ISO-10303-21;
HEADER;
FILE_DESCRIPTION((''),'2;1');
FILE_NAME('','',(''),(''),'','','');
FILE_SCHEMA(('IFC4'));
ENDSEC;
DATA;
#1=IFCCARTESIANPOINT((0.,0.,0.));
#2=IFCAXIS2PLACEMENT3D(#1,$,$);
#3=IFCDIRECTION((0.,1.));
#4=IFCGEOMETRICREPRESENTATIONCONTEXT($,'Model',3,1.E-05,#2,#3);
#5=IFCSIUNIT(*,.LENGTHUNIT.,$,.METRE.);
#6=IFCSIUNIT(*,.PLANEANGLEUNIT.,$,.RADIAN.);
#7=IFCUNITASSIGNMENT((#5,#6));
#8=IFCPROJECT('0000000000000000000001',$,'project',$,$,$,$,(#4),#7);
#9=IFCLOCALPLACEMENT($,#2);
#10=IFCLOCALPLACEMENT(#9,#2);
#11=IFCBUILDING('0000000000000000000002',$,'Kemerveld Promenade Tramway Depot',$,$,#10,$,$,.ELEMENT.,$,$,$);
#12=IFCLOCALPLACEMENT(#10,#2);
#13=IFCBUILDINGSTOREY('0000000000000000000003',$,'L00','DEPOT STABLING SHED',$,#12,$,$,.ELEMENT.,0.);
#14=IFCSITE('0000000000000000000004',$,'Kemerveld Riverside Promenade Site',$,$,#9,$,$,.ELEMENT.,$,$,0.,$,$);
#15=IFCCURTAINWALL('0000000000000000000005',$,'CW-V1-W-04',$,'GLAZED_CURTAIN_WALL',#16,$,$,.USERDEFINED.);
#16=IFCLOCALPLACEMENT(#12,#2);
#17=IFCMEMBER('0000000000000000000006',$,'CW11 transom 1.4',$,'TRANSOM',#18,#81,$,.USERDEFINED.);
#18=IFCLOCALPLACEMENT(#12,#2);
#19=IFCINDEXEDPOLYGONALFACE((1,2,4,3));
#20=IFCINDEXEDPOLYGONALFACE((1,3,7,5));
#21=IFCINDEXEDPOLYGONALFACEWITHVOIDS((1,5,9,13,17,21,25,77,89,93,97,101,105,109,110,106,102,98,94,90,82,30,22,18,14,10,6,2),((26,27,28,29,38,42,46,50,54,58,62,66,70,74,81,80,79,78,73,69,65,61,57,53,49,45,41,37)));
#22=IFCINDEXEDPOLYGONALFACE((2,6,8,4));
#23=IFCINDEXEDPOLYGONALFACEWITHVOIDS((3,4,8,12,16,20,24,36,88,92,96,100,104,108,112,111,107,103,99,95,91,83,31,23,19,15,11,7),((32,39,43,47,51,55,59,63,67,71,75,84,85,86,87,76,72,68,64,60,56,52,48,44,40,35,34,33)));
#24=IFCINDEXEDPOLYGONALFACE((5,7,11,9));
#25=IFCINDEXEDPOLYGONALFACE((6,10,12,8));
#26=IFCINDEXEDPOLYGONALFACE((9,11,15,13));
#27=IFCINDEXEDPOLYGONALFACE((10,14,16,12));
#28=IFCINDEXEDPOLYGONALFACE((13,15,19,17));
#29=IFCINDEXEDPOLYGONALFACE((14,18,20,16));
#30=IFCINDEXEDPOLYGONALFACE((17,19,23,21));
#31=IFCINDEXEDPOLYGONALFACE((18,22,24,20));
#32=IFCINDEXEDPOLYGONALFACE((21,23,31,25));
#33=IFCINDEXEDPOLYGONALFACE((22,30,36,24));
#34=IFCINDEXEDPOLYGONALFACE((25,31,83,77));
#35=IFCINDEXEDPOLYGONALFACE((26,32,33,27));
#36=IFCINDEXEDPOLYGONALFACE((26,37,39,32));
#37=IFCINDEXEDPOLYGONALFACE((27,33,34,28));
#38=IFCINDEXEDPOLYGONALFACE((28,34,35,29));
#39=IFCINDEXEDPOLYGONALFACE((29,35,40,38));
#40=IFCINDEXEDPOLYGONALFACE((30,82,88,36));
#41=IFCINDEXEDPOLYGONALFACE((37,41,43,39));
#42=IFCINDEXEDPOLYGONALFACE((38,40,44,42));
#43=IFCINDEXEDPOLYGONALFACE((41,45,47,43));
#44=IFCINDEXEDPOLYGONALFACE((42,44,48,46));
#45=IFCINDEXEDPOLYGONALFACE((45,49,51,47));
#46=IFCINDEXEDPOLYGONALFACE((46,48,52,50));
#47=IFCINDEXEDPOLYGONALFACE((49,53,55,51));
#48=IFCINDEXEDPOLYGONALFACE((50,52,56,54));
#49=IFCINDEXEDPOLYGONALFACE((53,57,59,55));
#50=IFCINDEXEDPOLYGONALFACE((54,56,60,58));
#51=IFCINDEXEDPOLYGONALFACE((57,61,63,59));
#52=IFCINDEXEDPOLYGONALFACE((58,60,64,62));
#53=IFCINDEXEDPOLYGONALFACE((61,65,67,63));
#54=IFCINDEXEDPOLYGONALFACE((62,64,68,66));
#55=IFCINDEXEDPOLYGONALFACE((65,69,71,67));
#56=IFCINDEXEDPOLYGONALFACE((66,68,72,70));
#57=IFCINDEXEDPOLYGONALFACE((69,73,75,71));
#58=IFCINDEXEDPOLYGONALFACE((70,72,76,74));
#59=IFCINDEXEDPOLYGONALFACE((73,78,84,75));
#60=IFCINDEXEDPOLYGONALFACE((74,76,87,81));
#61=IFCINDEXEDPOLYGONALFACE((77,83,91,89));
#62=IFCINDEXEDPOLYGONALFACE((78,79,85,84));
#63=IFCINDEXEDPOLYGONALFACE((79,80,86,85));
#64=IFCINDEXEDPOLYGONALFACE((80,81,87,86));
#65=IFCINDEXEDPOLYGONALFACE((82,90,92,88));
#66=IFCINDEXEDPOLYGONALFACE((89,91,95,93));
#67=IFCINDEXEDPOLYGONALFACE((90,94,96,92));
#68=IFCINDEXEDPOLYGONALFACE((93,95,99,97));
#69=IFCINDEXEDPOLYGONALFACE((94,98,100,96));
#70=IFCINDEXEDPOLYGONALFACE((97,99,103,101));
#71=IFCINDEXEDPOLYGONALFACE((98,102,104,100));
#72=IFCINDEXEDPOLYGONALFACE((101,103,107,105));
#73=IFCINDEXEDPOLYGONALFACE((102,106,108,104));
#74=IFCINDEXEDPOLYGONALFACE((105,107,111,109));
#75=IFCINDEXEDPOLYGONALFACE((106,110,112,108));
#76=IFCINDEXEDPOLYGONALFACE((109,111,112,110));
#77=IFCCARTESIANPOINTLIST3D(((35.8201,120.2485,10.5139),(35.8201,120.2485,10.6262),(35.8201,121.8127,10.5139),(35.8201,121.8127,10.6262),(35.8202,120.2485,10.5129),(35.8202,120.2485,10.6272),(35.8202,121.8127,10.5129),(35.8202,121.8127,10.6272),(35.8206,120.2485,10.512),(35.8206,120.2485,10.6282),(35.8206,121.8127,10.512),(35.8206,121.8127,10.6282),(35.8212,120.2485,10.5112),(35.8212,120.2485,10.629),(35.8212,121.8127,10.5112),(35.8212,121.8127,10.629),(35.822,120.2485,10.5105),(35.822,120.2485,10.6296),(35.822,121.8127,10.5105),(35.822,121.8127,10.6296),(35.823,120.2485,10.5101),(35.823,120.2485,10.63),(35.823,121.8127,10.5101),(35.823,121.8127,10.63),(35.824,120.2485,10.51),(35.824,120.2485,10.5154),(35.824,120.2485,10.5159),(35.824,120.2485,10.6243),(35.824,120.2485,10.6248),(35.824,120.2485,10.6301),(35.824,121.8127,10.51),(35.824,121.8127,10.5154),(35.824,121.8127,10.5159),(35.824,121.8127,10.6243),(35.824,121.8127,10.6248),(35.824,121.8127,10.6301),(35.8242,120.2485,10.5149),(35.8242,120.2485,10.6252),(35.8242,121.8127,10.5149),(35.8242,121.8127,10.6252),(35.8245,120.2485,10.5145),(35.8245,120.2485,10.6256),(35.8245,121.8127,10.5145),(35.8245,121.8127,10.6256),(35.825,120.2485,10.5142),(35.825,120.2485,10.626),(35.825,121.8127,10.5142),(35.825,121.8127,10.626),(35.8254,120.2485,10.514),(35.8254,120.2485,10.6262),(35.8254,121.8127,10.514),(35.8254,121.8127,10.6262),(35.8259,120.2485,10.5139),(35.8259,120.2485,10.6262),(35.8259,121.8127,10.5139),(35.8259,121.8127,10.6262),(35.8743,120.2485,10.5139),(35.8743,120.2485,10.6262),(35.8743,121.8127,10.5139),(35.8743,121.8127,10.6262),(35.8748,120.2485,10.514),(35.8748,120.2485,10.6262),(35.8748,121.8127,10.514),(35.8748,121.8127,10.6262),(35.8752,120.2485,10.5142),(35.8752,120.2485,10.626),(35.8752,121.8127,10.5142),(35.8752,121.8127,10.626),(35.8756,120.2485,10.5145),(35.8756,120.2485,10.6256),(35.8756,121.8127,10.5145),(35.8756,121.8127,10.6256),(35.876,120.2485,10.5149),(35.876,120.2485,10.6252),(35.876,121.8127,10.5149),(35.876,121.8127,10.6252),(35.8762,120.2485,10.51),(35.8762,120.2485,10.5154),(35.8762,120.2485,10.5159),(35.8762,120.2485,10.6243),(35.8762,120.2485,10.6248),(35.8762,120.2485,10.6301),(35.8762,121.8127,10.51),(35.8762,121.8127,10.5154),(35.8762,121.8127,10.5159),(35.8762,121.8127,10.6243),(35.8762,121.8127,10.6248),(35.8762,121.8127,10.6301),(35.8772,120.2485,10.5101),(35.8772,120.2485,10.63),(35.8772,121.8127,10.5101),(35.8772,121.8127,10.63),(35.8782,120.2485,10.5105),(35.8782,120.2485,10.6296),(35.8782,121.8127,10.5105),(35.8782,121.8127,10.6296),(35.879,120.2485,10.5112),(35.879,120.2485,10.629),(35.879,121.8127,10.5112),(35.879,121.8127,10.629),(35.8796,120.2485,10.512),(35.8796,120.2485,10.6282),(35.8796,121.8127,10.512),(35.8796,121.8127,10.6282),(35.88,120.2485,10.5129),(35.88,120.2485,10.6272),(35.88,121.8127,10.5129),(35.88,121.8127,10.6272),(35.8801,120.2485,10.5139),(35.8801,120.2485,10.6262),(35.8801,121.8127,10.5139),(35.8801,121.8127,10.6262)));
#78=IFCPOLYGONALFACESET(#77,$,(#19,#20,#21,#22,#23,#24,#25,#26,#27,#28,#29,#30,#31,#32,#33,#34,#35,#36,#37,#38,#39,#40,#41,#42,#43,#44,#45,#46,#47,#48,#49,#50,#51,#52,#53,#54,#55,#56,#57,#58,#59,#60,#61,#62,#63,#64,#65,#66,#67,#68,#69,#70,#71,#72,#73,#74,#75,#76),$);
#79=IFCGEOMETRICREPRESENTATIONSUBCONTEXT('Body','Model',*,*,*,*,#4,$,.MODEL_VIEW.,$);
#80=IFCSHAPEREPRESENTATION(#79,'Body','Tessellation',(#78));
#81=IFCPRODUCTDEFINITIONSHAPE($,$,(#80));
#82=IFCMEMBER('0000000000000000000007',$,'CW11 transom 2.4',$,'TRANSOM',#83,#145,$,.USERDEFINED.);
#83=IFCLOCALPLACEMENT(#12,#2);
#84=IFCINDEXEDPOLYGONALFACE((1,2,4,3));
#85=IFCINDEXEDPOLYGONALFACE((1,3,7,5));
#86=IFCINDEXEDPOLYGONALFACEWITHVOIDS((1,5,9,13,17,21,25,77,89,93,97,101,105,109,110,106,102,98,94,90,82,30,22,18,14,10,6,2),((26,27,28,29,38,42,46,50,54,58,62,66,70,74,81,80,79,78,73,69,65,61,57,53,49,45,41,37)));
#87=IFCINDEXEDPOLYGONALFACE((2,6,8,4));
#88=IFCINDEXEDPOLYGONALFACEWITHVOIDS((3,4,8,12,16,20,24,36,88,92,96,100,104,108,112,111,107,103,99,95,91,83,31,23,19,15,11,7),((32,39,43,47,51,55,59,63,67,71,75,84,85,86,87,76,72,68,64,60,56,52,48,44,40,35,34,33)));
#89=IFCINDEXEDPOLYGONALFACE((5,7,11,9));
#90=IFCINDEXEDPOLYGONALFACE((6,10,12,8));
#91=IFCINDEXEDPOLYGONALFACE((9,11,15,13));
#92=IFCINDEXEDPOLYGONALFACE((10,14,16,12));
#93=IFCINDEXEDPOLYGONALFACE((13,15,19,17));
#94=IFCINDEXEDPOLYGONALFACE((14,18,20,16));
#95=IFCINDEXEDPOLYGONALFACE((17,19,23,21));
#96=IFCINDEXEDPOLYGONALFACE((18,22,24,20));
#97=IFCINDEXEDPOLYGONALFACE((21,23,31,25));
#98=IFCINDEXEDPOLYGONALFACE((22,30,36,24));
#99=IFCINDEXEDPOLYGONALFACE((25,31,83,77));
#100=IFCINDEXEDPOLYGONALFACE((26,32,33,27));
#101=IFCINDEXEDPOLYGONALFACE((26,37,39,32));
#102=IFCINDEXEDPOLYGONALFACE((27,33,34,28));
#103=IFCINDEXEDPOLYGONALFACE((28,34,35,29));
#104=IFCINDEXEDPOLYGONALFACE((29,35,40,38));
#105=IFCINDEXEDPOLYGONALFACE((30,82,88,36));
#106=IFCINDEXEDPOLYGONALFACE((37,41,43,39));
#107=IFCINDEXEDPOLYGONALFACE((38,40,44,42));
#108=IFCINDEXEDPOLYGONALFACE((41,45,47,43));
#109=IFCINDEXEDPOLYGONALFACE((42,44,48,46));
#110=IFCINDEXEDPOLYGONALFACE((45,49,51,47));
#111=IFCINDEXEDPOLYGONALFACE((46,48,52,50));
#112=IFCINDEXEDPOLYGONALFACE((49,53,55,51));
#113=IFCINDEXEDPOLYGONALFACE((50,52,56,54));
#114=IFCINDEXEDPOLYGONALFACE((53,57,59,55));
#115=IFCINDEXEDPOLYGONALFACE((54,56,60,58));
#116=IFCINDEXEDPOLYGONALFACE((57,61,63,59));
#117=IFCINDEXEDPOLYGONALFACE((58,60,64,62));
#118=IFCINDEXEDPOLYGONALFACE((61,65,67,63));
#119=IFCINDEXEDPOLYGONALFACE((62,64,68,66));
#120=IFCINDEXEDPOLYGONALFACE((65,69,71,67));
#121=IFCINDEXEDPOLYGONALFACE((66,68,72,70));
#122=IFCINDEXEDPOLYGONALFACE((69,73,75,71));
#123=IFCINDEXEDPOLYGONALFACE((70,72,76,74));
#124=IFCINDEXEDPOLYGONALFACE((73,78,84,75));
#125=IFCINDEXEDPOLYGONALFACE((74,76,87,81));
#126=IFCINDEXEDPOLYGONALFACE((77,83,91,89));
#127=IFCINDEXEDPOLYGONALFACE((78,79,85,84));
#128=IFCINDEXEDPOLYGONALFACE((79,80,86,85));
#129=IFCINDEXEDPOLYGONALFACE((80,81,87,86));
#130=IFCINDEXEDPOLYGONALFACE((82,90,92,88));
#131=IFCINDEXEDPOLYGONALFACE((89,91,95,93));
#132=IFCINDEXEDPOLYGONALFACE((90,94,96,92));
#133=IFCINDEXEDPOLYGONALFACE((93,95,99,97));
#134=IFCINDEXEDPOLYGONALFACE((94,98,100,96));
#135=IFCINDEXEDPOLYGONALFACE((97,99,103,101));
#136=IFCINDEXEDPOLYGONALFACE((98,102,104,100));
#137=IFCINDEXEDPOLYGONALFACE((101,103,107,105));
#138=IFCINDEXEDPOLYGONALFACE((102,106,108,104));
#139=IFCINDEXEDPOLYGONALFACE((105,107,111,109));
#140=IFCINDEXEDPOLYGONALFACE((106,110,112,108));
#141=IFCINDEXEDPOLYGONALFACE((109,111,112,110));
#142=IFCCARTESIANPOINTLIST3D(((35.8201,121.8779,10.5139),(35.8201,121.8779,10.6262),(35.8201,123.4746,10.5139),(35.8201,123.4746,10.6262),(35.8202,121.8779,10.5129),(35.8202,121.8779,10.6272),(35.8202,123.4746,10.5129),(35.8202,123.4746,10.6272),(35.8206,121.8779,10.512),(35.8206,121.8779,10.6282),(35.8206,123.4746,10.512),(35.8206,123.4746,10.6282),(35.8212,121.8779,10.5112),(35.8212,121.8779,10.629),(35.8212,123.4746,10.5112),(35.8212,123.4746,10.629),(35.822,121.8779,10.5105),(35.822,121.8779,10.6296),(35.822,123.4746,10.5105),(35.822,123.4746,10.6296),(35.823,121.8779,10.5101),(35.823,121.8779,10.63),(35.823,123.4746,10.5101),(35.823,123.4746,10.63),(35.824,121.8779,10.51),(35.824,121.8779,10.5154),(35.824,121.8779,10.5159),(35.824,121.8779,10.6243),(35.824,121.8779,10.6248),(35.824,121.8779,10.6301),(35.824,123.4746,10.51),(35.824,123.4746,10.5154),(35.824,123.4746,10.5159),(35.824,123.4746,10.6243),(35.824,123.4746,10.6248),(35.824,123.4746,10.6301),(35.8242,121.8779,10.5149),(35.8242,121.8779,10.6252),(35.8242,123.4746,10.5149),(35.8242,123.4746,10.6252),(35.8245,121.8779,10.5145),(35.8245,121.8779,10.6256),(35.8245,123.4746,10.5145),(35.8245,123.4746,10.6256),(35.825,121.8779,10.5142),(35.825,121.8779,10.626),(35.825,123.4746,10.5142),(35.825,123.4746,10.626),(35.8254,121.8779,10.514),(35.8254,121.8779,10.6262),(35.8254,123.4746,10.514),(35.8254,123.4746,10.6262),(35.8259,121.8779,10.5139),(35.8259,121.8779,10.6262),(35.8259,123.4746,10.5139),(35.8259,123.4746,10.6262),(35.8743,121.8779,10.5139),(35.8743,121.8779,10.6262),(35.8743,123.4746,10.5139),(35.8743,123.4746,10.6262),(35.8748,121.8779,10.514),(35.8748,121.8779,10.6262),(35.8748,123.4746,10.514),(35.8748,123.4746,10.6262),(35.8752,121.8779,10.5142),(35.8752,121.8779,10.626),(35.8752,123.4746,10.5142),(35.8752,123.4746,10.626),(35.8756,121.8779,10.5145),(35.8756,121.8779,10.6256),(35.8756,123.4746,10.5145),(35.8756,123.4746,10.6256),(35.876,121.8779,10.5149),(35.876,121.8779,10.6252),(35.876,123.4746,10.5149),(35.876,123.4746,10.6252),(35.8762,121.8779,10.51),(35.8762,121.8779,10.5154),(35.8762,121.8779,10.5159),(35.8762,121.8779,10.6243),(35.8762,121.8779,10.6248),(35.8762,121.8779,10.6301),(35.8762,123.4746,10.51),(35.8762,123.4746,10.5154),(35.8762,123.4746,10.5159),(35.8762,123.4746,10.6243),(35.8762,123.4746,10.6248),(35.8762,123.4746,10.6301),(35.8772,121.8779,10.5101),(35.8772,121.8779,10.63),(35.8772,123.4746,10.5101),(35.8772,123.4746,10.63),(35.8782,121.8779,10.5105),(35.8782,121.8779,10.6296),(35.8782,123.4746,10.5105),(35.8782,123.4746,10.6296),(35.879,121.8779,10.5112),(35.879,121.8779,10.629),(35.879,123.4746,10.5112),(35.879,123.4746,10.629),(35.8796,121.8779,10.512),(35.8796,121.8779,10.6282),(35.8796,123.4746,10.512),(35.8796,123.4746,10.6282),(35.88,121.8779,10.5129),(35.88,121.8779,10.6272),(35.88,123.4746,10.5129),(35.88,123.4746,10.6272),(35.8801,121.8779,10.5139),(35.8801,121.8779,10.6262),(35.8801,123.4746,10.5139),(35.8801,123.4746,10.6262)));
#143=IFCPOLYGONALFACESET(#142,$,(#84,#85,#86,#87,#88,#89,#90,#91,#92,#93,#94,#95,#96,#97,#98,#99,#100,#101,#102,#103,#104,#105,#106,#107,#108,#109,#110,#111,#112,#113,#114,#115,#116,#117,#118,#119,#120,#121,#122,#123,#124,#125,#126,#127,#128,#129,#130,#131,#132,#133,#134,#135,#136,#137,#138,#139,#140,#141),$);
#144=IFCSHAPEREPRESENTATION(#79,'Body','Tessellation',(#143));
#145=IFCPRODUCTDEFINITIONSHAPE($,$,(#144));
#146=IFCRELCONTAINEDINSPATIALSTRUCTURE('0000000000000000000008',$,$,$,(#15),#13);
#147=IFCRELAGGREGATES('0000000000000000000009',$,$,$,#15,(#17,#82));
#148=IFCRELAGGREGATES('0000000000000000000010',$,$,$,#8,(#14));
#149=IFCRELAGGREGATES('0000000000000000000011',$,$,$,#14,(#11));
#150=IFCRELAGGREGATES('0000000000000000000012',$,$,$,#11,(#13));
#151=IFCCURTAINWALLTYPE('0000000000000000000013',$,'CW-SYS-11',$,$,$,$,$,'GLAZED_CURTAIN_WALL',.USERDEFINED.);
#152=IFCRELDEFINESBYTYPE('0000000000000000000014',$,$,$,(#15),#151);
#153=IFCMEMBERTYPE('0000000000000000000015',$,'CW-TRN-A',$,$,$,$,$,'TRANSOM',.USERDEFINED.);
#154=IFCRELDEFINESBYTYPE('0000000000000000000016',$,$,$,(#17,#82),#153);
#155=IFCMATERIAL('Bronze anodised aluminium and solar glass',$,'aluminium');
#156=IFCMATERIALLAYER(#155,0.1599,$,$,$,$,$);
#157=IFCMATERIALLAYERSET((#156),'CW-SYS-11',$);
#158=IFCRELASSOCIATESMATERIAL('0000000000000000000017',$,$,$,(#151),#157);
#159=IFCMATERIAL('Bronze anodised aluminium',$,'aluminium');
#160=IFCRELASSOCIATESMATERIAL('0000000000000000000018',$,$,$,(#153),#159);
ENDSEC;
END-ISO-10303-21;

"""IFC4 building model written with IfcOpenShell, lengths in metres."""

from ifc_helpers import new_model, si_unit, direction, frame, origin, origin_2d, place, context, subcontext, project, spatial, hollow_rectangle, extrude, material, layer, layer_set, material_profile, profile_set, type_object, element, aggregate, save


model = new_model("IFC4")

# Units and contexts
model_context = context("Model", 3, precision=1e-05, world=origin(), true_north=direction((0.0, 1.0)))
body_context = subcontext(model_context, "Body", "Model", "MODEL_VIEW")
ifc_project = project(units=[si_unit("LENGTHUNIT", "METRE"), si_unit("PLANEANGLEUNIT", "RADIAN")], contexts=[model_context])

# Site, building, storey
site_placement = place(None, origin())
site = spatial("IfcSite", under=ifc_project, at=site_placement, Name="Kemerveld Riverside Promenade Site", CompositionType="ELEMENT", RefElevation=0.0)
building_placement = place(site_placement, origin())
building = spatial("IfcBuilding", under=site, at=building_placement, Name="Kemerveld Promenade Tramway Depot", CompositionType="ELEMENT")
storey_placement = place(building_placement, origin())
storey = spatial("IfcBuildingStorey", under=building, at=storey_placement, Name="L00", Description="DEPOT STABLING SHED", CompositionType="ELEMENT", Elevation=0.0)

# Curtain wall, members
ifc_material_1 = material(Name="Bronze anodised aluminium and solar glass", Category="aluminium")
ifc_layer_1 = layer(ifc_material_1, 0.1599)
ifc_layer_set_1 = layer_set([ifc_layer_1], Name="CW-SYS-11")
curtain_wall_type = type_object("IfcCurtainWallType", Name="CW-SYS-11", ElementType="GLAZED_CURTAIN_WALL", PredefinedType="USERDEFINED", material=ifc_layer_set_1)
curtain_wall_placement = place(storey_placement, origin())
curtain_wall = element("IfcCurtainWall", 1, at=curtain_wall_placement, inside=storey, type_object=curtain_wall_type, Name="CW-V1-W-04", ObjectType="GLAZED_CURTAIN_WALL", PredefinedType="USERDEFINED")
ifc_material_2 = material(Name="Bronze anodised aluminium", Category="aluminium")
ifc_material_profile_1 = material_profile(ifc_material_2, hollow_rectangle(XDim=0.0601, YDim=0.1201, WallThickness=0.0039, InnerFilletRadius=0.002, OuterFilletRadius=0.0039, at=origin_2d()), Name="CW-TRN-120x60")
ifc_profile_set_1 = profile_set([ifc_material_profile_1], Name="Bronze anodised aluminium")
member_type_1 = type_object("IfcMemberType", Name="CW-TRN-A", ElementType="TRANSOM", PredefinedType="USERDEFINED", material=ifc_profile_set_1)
member_1_placement = place(storey_placement, frame((35.8501, 120.2485, 10.5701), z_axis=(0.0, 1.0, 0.0), x_axis=(-1.0, 0.0, 0.0)))
member_1 = element("IfcMember", 2, at=member_1_placement, type_object=member_type_1, Name="CW11 transom 1.4", ObjectType="TRANSOM", PredefinedType="USERDEFINED", context=body_context, shape_type="SweptSolid", body=[
    extrude(hollow_rectangle(XDim=0.0601, YDim=0.1201, WallThickness=0.0039, InnerFilletRadius=0.002, OuterFilletRadius=0.0039, at=origin_2d()), origin(), (0.0, 0.0, 1.0), 1.5642),
])
member_2_placement = place(storey_placement, frame((35.8501, 121.8779, 10.5701), z_axis=(0.0, 1.0, 0.0), x_axis=(-1.0, 0.0, 0.0)))
member_2 = element("IfcMember", 3, at=member_2_placement, type_object=member_type_1, Name="CW11 transom 2.4", ObjectType="TRANSOM", PredefinedType="USERDEFINED", context=body_context, shape_type="SweptSolid", body=[
    extrude(hollow_rectangle(XDim=0.0601, YDim=0.1201, WallThickness=0.0039, InnerFilletRadius=0.002, OuterFilletRadius=0.0039, at=origin_2d()), origin(), (0.0, 0.0, 1.0), 1.5967),
])

aggregate(curtain_wall, [member_1, member_2])

save(model, "model.ifc")
